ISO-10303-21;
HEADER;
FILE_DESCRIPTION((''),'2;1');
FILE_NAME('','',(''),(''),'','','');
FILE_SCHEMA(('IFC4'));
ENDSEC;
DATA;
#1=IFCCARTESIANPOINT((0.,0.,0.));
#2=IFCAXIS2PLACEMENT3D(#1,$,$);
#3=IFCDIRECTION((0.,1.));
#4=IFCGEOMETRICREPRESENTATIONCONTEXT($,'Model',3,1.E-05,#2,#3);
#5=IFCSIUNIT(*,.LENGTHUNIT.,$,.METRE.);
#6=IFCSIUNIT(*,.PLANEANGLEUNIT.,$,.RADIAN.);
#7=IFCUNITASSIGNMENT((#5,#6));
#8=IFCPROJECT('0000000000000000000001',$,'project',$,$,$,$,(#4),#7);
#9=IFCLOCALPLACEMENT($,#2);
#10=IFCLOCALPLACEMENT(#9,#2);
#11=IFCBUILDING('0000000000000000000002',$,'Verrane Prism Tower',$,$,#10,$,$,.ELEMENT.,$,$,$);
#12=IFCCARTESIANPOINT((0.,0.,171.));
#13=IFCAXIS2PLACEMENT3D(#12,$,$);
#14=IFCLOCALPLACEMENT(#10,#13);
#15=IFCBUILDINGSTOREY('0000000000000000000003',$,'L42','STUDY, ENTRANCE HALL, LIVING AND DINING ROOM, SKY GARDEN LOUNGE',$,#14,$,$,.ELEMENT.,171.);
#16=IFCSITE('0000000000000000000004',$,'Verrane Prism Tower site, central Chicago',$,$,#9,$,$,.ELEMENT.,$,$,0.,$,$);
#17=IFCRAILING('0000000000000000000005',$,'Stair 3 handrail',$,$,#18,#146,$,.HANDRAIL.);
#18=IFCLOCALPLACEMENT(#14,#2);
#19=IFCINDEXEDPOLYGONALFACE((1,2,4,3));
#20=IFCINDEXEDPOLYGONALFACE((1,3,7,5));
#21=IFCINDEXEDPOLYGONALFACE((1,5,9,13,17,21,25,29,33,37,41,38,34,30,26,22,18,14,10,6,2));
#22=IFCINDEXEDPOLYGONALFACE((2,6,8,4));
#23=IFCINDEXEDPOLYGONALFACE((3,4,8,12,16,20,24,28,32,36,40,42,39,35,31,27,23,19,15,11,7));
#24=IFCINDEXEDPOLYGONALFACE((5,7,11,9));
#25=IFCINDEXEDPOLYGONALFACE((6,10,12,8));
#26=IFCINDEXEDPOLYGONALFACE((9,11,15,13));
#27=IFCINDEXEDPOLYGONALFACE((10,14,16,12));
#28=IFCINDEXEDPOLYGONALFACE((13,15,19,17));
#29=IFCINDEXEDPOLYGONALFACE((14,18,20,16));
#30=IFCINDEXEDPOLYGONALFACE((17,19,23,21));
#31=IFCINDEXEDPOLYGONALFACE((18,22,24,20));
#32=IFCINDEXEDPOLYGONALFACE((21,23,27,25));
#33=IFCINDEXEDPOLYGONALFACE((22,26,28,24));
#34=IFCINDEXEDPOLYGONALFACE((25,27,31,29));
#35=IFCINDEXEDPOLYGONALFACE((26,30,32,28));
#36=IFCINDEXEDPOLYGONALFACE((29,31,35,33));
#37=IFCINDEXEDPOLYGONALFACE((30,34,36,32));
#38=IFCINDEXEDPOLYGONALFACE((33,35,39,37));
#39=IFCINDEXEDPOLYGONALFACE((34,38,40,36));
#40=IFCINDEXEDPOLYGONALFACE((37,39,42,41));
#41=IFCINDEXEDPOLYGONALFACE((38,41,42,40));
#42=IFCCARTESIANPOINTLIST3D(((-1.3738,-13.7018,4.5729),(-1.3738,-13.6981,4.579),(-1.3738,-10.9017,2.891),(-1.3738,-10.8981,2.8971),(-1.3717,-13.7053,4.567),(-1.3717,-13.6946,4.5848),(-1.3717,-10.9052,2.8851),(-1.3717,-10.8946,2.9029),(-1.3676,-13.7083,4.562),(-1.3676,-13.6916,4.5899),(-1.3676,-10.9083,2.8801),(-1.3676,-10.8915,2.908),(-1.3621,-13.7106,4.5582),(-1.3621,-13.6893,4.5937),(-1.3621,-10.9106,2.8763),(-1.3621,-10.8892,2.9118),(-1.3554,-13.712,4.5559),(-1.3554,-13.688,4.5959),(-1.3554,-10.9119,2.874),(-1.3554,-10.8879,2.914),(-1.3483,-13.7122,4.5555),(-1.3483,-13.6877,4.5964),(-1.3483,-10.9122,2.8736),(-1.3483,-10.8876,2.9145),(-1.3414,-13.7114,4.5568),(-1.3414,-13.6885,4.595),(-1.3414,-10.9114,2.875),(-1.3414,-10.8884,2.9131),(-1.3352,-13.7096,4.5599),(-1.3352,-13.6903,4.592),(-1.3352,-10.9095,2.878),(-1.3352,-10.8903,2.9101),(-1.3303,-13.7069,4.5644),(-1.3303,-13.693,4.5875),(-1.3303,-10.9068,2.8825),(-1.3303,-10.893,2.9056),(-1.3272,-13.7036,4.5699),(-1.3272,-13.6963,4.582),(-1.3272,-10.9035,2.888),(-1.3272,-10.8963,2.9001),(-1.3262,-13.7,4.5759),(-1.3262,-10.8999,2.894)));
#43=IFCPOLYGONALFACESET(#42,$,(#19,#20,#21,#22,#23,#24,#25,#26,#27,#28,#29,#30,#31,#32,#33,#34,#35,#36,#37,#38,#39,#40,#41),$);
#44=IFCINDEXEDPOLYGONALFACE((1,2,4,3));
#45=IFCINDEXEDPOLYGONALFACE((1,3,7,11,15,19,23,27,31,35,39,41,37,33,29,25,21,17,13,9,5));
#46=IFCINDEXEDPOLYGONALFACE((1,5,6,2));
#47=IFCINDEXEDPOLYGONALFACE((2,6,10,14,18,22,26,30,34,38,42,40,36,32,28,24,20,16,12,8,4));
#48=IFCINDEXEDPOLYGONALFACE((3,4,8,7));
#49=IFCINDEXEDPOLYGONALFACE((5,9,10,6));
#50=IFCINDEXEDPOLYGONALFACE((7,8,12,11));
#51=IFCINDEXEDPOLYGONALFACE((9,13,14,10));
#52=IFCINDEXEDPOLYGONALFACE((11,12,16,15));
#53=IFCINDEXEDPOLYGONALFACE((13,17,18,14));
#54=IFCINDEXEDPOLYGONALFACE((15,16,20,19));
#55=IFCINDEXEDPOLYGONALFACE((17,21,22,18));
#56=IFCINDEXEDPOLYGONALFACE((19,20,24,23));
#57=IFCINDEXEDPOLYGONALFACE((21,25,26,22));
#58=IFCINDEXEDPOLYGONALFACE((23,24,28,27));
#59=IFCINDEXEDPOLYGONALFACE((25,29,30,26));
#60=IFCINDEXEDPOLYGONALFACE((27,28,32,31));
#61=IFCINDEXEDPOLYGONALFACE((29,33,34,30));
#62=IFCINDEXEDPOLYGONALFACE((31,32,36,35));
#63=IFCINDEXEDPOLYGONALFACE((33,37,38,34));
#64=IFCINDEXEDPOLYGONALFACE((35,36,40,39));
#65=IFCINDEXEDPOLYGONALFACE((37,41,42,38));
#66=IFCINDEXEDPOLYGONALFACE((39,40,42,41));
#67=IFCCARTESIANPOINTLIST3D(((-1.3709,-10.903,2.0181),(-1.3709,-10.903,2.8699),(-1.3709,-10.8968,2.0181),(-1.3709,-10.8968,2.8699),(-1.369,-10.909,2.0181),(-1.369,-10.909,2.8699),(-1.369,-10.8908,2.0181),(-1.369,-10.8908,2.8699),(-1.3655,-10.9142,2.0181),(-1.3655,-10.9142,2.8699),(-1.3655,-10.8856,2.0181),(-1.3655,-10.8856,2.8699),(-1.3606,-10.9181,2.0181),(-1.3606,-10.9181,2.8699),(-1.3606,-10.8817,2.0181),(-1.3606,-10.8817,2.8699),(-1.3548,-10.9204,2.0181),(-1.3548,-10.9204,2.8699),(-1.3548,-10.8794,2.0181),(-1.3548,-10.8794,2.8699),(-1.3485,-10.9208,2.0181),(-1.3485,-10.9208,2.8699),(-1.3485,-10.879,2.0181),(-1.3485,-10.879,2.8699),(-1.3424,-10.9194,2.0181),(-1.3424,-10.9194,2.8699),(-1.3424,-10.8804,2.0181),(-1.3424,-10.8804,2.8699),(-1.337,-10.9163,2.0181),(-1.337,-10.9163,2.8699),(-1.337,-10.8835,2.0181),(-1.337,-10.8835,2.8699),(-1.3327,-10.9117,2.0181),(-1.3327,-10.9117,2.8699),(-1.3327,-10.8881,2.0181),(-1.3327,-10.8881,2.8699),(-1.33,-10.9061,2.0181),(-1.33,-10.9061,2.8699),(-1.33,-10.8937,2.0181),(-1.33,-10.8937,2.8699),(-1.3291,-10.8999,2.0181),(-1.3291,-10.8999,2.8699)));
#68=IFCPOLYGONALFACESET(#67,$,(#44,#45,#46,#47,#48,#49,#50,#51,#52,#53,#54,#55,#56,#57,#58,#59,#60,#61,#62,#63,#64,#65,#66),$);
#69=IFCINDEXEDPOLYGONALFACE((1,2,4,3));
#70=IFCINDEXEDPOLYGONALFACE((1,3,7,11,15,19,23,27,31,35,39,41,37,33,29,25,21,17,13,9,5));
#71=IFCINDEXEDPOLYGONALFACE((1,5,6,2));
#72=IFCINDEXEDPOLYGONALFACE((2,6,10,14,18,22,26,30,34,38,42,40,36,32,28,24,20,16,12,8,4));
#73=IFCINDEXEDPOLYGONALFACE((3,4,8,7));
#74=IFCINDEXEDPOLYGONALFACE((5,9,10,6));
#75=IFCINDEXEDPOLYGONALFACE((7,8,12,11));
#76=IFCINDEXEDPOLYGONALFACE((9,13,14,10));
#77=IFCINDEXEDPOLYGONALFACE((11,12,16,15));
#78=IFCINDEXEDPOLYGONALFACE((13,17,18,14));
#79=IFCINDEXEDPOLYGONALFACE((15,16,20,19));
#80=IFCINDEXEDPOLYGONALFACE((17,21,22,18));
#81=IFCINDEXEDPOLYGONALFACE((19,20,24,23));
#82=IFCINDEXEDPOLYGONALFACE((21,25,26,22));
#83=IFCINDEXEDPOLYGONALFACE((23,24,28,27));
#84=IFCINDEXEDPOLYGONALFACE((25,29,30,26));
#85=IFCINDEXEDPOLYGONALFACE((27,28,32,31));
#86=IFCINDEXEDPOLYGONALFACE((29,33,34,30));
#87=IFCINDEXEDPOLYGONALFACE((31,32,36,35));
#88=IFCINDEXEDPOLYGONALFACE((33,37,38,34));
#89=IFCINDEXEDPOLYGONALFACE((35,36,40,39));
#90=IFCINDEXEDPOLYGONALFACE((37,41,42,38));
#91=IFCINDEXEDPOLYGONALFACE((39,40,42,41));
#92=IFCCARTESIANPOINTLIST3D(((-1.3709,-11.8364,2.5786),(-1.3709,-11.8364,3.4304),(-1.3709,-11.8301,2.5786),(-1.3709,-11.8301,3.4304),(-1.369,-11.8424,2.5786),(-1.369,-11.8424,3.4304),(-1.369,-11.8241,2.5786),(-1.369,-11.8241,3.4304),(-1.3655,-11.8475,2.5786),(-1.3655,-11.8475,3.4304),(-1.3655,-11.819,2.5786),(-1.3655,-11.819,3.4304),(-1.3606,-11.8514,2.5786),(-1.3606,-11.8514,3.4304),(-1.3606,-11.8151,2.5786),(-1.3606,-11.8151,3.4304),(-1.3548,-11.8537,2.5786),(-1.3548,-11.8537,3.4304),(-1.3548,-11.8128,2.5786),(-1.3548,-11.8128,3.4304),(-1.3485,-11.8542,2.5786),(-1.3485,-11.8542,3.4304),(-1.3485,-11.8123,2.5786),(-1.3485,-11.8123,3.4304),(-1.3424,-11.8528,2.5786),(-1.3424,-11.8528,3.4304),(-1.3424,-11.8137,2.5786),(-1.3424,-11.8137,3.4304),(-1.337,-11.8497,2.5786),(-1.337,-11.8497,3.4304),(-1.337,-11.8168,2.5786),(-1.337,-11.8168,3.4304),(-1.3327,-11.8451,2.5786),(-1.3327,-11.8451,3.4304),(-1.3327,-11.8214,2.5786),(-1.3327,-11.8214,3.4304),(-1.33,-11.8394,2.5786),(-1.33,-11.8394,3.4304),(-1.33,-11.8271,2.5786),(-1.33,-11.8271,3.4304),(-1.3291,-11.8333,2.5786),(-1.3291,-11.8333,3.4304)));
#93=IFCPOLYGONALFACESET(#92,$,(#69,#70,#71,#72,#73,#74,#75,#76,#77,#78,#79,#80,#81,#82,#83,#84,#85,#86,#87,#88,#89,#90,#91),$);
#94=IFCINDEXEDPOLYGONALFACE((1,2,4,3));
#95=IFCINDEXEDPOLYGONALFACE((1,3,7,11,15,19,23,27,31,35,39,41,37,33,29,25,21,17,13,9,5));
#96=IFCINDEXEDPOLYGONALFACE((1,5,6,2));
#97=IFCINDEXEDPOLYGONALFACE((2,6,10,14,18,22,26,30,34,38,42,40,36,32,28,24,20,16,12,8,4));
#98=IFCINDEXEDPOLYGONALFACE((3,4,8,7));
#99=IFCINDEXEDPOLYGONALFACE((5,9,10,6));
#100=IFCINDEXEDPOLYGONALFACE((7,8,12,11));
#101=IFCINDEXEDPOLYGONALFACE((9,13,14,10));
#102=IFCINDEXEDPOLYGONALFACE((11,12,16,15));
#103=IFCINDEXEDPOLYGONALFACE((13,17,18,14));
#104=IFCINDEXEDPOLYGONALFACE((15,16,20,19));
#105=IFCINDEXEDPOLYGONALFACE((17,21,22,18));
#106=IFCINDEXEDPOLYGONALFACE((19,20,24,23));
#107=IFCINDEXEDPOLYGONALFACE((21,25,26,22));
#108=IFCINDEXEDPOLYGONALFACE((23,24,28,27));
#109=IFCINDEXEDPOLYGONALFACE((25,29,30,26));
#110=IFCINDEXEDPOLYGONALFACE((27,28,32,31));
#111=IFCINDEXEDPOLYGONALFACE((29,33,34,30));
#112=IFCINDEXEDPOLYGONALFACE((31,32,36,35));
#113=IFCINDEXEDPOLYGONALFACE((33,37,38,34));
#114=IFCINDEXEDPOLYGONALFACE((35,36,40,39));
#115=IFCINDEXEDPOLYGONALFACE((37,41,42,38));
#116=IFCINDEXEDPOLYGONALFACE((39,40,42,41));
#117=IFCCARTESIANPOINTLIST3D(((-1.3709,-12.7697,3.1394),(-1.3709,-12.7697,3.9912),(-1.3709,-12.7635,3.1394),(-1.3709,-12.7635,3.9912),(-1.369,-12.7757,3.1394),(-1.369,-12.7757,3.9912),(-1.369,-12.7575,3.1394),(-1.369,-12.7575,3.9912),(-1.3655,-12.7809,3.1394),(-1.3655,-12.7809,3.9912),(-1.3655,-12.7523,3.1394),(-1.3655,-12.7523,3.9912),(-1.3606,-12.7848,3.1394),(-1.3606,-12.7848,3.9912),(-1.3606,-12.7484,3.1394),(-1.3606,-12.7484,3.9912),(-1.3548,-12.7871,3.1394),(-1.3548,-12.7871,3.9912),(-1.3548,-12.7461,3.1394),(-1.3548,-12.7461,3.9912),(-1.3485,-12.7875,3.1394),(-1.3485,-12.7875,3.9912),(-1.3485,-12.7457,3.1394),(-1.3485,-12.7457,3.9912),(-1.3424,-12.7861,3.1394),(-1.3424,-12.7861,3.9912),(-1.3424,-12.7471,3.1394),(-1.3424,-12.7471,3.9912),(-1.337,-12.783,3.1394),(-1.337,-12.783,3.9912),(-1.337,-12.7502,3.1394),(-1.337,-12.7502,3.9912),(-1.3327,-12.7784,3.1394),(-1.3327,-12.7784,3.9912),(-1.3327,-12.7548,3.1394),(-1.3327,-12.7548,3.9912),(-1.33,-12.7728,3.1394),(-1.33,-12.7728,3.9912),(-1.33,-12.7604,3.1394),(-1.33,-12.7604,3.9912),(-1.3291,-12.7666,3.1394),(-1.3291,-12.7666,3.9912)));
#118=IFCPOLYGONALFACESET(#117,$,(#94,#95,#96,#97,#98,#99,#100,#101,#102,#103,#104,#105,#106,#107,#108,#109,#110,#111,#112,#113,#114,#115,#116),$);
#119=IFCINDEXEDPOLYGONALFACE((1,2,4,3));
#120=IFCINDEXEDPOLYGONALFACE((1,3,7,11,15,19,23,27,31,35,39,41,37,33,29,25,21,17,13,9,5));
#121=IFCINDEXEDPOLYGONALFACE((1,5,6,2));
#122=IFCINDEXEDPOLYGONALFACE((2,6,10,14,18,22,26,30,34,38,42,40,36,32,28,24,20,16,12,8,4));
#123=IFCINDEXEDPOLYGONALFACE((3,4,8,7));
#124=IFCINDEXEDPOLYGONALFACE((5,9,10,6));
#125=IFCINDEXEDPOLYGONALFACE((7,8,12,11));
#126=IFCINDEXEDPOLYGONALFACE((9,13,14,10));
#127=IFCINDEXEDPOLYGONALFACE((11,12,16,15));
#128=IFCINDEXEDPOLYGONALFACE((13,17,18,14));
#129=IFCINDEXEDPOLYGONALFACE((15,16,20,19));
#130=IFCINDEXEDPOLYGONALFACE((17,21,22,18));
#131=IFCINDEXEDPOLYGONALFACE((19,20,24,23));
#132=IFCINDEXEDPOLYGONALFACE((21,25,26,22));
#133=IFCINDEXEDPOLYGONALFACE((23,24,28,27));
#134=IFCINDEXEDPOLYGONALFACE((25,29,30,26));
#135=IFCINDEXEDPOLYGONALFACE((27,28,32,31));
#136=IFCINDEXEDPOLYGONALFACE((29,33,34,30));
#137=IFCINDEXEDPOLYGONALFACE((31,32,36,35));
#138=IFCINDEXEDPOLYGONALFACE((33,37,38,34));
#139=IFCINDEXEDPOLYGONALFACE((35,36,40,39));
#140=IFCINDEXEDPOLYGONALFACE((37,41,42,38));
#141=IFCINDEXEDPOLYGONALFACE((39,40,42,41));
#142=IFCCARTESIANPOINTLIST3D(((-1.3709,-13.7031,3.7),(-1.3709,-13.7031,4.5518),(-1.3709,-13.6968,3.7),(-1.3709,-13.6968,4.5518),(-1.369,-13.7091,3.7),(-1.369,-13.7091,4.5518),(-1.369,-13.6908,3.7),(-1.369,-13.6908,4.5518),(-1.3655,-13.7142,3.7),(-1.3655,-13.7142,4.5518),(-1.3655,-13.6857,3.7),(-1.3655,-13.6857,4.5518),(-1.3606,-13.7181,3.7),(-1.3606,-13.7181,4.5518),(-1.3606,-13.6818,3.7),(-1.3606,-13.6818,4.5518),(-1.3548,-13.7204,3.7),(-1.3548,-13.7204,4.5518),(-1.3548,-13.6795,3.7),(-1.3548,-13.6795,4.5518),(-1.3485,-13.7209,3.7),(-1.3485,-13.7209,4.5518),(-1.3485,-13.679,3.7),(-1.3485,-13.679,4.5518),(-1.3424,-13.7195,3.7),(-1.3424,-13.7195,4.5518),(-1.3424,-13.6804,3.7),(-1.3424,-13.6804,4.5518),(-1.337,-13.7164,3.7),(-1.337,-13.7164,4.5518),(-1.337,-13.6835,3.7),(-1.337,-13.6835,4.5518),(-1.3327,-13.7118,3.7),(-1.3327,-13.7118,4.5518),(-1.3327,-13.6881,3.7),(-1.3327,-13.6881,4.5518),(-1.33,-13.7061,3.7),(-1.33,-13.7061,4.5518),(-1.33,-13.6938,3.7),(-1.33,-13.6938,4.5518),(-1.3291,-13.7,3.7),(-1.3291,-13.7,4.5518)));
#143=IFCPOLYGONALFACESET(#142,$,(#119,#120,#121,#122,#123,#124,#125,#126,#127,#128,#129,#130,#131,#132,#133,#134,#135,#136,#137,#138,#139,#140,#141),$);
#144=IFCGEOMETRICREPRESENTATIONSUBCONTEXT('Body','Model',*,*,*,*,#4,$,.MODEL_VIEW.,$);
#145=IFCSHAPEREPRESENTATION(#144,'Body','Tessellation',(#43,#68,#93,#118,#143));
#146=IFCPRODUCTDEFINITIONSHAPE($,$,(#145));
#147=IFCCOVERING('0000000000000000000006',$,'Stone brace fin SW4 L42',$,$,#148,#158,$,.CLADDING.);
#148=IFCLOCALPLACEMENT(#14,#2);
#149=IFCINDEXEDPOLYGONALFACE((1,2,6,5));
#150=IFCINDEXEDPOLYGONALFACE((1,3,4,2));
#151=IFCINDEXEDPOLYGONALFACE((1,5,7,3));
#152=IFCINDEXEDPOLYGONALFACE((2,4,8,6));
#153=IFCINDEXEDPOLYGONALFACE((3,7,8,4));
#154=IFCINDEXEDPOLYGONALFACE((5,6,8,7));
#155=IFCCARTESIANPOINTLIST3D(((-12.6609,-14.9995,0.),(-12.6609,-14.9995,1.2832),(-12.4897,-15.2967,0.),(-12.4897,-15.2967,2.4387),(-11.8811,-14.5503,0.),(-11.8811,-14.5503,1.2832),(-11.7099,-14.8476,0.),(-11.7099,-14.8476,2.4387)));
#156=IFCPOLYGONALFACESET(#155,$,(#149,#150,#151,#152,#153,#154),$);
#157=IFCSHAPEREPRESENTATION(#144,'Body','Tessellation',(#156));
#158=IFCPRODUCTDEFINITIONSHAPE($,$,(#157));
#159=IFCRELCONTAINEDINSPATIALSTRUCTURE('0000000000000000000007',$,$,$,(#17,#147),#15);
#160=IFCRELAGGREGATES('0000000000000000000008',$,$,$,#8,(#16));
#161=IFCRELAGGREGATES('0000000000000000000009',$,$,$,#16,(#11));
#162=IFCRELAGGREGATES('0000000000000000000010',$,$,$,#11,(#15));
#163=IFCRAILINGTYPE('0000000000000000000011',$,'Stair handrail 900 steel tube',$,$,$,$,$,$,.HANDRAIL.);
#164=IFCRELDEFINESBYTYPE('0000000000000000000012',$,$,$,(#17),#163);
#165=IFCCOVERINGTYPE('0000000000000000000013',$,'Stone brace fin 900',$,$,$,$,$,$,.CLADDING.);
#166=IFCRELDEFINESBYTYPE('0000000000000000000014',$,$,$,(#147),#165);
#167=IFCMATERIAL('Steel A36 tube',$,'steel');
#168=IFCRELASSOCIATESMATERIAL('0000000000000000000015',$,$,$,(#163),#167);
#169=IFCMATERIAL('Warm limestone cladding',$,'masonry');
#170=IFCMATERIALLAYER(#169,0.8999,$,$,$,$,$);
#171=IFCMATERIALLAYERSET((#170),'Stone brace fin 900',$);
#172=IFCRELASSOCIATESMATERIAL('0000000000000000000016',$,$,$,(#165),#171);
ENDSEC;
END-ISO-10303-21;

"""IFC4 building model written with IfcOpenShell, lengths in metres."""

from ifc_helpers import new_model, si_unit, direction, frame, origin, origin_2d, place, context, subcontext, project, spatial, polyline, circle, outline, extrude, material, layer, layer_set, type_object, element, save


model = new_model("IFC4")

# Units and contexts
model_context = context("Model", 3, precision=1e-05, world=origin(), true_north=direction((0.0, 1.0)))
body_context = subcontext(model_context, "Body", "Model", "MODEL_VIEW")
ifc_project = project(units=[si_unit("LENGTHUNIT", "METRE"), si_unit("PLANEANGLEUNIT", "RADIAN")], contexts=[model_context])

# Site, building, storey
site_placement = place(None, origin())
site = spatial("IfcSite", under=ifc_project, at=site_placement, Name="Verrane Prism Tower site, central Chicago", CompositionType="ELEMENT", RefElevation=0.0)
building_placement = place(site_placement, origin())
building = spatial("IfcBuilding", under=site, at=building_placement, Name="Verrane Prism Tower", CompositionType="ELEMENT")
storey_placement = place(building_placement, frame((0.0, 0.0, 171.0)))
storey = spatial("IfcBuildingStorey", under=building, at=storey_placement, Name="L42", Description="STUDY, ENTRANCE HALL, LIVING AND DINING ROOM, SKY GARDEN LOUNGE", CompositionType="ELEMENT", Elevation=171.0)

# Railing
ifc_material_1 = material(Name="Steel A36 tube", Category="steel")
railing_type = type_object("IfcRailingType", Name="Stair handrail 900 steel tube", PredefinedType="HANDRAIL", material=ifc_material_1)
railing_placement = place(storey_placement, frame((-1.3501, -10.8999, 2.0181)))
element("IfcRailing", 1, at=railing_placement, inside=storey, type_object=railing_type, Name="Stair 3 handrail", PredefinedType="HANDRAIL", context=body_context, shape_type="SweptSolid", body=[
    extrude(circle(Radius=0.0239, at=origin_2d()), frame((0.0, 0.0, 0.876), z_axis=(0.0, -0.857242, 0.514913), x_axis=(1.0, 0.0, 0.0)), (0.0, 0.0, 1.0), 3.2664),
    extrude(circle(Radius=0.021, at=origin_2d()), origin(), (0.0, 0.0, 1.0), 0.8518),
    extrude(circle(Radius=0.021, at=origin_2d()), frame((0.0, -0.9333, 0.5605)), (0.0, 0.0, 1.0), 0.8518),
    extrude(circle(Radius=0.021, at=origin_2d()), frame((0.0, -1.8667, 1.1213)), (0.0, 0.0, 1.0), 0.8518),
    extrude(circle(Radius=0.021, at=origin_2d()), frame((0.0, -2.8, 1.6819)), (0.0, 0.0, 1.0), 0.8518),
])

# Covering
ifc_material_2 = material(Name="Warm limestone cladding", Category="masonry")
ifc_layer_1 = layer(ifc_material_2, 0.8999)
ifc_layer_set_1 = layer_set([ifc_layer_1], Name="Stone brace fin 900")
covering_type = type_object("IfcCoveringType", Name="Stone brace fin 900", PredefinedType="CLADDING", material=ifc_layer_set_1)
covering_placement = place(storey_placement, frame((-12.271, -14.7749, 0.0), z_axis=(0.0, 0.0, 1.0), x_axis=(0.499126, -0.866529, 0.0)))
element("IfcCovering", 2, at=covering_placement, inside=storey, type_object=covering_type, Name="Stone brace fin SW4 L42", PredefinedType="CLADDING", context=body_context, shape_type="SweptSolid", body=[
    extrude(outline(polyline([(0.0, 0.0), (0.343, 0.0), (0.343, 2.4387), (0.0, 1.2832), (0.0, 0.0)])), frame((0.0, 0.45, 0.0), z_axis=(0.0, -1.0, 0.0), x_axis=(1.0, 0.0, 0.0)), (0.0, 0.0, 1.0), 0.8999),
])

save(model, "model.ifc")
